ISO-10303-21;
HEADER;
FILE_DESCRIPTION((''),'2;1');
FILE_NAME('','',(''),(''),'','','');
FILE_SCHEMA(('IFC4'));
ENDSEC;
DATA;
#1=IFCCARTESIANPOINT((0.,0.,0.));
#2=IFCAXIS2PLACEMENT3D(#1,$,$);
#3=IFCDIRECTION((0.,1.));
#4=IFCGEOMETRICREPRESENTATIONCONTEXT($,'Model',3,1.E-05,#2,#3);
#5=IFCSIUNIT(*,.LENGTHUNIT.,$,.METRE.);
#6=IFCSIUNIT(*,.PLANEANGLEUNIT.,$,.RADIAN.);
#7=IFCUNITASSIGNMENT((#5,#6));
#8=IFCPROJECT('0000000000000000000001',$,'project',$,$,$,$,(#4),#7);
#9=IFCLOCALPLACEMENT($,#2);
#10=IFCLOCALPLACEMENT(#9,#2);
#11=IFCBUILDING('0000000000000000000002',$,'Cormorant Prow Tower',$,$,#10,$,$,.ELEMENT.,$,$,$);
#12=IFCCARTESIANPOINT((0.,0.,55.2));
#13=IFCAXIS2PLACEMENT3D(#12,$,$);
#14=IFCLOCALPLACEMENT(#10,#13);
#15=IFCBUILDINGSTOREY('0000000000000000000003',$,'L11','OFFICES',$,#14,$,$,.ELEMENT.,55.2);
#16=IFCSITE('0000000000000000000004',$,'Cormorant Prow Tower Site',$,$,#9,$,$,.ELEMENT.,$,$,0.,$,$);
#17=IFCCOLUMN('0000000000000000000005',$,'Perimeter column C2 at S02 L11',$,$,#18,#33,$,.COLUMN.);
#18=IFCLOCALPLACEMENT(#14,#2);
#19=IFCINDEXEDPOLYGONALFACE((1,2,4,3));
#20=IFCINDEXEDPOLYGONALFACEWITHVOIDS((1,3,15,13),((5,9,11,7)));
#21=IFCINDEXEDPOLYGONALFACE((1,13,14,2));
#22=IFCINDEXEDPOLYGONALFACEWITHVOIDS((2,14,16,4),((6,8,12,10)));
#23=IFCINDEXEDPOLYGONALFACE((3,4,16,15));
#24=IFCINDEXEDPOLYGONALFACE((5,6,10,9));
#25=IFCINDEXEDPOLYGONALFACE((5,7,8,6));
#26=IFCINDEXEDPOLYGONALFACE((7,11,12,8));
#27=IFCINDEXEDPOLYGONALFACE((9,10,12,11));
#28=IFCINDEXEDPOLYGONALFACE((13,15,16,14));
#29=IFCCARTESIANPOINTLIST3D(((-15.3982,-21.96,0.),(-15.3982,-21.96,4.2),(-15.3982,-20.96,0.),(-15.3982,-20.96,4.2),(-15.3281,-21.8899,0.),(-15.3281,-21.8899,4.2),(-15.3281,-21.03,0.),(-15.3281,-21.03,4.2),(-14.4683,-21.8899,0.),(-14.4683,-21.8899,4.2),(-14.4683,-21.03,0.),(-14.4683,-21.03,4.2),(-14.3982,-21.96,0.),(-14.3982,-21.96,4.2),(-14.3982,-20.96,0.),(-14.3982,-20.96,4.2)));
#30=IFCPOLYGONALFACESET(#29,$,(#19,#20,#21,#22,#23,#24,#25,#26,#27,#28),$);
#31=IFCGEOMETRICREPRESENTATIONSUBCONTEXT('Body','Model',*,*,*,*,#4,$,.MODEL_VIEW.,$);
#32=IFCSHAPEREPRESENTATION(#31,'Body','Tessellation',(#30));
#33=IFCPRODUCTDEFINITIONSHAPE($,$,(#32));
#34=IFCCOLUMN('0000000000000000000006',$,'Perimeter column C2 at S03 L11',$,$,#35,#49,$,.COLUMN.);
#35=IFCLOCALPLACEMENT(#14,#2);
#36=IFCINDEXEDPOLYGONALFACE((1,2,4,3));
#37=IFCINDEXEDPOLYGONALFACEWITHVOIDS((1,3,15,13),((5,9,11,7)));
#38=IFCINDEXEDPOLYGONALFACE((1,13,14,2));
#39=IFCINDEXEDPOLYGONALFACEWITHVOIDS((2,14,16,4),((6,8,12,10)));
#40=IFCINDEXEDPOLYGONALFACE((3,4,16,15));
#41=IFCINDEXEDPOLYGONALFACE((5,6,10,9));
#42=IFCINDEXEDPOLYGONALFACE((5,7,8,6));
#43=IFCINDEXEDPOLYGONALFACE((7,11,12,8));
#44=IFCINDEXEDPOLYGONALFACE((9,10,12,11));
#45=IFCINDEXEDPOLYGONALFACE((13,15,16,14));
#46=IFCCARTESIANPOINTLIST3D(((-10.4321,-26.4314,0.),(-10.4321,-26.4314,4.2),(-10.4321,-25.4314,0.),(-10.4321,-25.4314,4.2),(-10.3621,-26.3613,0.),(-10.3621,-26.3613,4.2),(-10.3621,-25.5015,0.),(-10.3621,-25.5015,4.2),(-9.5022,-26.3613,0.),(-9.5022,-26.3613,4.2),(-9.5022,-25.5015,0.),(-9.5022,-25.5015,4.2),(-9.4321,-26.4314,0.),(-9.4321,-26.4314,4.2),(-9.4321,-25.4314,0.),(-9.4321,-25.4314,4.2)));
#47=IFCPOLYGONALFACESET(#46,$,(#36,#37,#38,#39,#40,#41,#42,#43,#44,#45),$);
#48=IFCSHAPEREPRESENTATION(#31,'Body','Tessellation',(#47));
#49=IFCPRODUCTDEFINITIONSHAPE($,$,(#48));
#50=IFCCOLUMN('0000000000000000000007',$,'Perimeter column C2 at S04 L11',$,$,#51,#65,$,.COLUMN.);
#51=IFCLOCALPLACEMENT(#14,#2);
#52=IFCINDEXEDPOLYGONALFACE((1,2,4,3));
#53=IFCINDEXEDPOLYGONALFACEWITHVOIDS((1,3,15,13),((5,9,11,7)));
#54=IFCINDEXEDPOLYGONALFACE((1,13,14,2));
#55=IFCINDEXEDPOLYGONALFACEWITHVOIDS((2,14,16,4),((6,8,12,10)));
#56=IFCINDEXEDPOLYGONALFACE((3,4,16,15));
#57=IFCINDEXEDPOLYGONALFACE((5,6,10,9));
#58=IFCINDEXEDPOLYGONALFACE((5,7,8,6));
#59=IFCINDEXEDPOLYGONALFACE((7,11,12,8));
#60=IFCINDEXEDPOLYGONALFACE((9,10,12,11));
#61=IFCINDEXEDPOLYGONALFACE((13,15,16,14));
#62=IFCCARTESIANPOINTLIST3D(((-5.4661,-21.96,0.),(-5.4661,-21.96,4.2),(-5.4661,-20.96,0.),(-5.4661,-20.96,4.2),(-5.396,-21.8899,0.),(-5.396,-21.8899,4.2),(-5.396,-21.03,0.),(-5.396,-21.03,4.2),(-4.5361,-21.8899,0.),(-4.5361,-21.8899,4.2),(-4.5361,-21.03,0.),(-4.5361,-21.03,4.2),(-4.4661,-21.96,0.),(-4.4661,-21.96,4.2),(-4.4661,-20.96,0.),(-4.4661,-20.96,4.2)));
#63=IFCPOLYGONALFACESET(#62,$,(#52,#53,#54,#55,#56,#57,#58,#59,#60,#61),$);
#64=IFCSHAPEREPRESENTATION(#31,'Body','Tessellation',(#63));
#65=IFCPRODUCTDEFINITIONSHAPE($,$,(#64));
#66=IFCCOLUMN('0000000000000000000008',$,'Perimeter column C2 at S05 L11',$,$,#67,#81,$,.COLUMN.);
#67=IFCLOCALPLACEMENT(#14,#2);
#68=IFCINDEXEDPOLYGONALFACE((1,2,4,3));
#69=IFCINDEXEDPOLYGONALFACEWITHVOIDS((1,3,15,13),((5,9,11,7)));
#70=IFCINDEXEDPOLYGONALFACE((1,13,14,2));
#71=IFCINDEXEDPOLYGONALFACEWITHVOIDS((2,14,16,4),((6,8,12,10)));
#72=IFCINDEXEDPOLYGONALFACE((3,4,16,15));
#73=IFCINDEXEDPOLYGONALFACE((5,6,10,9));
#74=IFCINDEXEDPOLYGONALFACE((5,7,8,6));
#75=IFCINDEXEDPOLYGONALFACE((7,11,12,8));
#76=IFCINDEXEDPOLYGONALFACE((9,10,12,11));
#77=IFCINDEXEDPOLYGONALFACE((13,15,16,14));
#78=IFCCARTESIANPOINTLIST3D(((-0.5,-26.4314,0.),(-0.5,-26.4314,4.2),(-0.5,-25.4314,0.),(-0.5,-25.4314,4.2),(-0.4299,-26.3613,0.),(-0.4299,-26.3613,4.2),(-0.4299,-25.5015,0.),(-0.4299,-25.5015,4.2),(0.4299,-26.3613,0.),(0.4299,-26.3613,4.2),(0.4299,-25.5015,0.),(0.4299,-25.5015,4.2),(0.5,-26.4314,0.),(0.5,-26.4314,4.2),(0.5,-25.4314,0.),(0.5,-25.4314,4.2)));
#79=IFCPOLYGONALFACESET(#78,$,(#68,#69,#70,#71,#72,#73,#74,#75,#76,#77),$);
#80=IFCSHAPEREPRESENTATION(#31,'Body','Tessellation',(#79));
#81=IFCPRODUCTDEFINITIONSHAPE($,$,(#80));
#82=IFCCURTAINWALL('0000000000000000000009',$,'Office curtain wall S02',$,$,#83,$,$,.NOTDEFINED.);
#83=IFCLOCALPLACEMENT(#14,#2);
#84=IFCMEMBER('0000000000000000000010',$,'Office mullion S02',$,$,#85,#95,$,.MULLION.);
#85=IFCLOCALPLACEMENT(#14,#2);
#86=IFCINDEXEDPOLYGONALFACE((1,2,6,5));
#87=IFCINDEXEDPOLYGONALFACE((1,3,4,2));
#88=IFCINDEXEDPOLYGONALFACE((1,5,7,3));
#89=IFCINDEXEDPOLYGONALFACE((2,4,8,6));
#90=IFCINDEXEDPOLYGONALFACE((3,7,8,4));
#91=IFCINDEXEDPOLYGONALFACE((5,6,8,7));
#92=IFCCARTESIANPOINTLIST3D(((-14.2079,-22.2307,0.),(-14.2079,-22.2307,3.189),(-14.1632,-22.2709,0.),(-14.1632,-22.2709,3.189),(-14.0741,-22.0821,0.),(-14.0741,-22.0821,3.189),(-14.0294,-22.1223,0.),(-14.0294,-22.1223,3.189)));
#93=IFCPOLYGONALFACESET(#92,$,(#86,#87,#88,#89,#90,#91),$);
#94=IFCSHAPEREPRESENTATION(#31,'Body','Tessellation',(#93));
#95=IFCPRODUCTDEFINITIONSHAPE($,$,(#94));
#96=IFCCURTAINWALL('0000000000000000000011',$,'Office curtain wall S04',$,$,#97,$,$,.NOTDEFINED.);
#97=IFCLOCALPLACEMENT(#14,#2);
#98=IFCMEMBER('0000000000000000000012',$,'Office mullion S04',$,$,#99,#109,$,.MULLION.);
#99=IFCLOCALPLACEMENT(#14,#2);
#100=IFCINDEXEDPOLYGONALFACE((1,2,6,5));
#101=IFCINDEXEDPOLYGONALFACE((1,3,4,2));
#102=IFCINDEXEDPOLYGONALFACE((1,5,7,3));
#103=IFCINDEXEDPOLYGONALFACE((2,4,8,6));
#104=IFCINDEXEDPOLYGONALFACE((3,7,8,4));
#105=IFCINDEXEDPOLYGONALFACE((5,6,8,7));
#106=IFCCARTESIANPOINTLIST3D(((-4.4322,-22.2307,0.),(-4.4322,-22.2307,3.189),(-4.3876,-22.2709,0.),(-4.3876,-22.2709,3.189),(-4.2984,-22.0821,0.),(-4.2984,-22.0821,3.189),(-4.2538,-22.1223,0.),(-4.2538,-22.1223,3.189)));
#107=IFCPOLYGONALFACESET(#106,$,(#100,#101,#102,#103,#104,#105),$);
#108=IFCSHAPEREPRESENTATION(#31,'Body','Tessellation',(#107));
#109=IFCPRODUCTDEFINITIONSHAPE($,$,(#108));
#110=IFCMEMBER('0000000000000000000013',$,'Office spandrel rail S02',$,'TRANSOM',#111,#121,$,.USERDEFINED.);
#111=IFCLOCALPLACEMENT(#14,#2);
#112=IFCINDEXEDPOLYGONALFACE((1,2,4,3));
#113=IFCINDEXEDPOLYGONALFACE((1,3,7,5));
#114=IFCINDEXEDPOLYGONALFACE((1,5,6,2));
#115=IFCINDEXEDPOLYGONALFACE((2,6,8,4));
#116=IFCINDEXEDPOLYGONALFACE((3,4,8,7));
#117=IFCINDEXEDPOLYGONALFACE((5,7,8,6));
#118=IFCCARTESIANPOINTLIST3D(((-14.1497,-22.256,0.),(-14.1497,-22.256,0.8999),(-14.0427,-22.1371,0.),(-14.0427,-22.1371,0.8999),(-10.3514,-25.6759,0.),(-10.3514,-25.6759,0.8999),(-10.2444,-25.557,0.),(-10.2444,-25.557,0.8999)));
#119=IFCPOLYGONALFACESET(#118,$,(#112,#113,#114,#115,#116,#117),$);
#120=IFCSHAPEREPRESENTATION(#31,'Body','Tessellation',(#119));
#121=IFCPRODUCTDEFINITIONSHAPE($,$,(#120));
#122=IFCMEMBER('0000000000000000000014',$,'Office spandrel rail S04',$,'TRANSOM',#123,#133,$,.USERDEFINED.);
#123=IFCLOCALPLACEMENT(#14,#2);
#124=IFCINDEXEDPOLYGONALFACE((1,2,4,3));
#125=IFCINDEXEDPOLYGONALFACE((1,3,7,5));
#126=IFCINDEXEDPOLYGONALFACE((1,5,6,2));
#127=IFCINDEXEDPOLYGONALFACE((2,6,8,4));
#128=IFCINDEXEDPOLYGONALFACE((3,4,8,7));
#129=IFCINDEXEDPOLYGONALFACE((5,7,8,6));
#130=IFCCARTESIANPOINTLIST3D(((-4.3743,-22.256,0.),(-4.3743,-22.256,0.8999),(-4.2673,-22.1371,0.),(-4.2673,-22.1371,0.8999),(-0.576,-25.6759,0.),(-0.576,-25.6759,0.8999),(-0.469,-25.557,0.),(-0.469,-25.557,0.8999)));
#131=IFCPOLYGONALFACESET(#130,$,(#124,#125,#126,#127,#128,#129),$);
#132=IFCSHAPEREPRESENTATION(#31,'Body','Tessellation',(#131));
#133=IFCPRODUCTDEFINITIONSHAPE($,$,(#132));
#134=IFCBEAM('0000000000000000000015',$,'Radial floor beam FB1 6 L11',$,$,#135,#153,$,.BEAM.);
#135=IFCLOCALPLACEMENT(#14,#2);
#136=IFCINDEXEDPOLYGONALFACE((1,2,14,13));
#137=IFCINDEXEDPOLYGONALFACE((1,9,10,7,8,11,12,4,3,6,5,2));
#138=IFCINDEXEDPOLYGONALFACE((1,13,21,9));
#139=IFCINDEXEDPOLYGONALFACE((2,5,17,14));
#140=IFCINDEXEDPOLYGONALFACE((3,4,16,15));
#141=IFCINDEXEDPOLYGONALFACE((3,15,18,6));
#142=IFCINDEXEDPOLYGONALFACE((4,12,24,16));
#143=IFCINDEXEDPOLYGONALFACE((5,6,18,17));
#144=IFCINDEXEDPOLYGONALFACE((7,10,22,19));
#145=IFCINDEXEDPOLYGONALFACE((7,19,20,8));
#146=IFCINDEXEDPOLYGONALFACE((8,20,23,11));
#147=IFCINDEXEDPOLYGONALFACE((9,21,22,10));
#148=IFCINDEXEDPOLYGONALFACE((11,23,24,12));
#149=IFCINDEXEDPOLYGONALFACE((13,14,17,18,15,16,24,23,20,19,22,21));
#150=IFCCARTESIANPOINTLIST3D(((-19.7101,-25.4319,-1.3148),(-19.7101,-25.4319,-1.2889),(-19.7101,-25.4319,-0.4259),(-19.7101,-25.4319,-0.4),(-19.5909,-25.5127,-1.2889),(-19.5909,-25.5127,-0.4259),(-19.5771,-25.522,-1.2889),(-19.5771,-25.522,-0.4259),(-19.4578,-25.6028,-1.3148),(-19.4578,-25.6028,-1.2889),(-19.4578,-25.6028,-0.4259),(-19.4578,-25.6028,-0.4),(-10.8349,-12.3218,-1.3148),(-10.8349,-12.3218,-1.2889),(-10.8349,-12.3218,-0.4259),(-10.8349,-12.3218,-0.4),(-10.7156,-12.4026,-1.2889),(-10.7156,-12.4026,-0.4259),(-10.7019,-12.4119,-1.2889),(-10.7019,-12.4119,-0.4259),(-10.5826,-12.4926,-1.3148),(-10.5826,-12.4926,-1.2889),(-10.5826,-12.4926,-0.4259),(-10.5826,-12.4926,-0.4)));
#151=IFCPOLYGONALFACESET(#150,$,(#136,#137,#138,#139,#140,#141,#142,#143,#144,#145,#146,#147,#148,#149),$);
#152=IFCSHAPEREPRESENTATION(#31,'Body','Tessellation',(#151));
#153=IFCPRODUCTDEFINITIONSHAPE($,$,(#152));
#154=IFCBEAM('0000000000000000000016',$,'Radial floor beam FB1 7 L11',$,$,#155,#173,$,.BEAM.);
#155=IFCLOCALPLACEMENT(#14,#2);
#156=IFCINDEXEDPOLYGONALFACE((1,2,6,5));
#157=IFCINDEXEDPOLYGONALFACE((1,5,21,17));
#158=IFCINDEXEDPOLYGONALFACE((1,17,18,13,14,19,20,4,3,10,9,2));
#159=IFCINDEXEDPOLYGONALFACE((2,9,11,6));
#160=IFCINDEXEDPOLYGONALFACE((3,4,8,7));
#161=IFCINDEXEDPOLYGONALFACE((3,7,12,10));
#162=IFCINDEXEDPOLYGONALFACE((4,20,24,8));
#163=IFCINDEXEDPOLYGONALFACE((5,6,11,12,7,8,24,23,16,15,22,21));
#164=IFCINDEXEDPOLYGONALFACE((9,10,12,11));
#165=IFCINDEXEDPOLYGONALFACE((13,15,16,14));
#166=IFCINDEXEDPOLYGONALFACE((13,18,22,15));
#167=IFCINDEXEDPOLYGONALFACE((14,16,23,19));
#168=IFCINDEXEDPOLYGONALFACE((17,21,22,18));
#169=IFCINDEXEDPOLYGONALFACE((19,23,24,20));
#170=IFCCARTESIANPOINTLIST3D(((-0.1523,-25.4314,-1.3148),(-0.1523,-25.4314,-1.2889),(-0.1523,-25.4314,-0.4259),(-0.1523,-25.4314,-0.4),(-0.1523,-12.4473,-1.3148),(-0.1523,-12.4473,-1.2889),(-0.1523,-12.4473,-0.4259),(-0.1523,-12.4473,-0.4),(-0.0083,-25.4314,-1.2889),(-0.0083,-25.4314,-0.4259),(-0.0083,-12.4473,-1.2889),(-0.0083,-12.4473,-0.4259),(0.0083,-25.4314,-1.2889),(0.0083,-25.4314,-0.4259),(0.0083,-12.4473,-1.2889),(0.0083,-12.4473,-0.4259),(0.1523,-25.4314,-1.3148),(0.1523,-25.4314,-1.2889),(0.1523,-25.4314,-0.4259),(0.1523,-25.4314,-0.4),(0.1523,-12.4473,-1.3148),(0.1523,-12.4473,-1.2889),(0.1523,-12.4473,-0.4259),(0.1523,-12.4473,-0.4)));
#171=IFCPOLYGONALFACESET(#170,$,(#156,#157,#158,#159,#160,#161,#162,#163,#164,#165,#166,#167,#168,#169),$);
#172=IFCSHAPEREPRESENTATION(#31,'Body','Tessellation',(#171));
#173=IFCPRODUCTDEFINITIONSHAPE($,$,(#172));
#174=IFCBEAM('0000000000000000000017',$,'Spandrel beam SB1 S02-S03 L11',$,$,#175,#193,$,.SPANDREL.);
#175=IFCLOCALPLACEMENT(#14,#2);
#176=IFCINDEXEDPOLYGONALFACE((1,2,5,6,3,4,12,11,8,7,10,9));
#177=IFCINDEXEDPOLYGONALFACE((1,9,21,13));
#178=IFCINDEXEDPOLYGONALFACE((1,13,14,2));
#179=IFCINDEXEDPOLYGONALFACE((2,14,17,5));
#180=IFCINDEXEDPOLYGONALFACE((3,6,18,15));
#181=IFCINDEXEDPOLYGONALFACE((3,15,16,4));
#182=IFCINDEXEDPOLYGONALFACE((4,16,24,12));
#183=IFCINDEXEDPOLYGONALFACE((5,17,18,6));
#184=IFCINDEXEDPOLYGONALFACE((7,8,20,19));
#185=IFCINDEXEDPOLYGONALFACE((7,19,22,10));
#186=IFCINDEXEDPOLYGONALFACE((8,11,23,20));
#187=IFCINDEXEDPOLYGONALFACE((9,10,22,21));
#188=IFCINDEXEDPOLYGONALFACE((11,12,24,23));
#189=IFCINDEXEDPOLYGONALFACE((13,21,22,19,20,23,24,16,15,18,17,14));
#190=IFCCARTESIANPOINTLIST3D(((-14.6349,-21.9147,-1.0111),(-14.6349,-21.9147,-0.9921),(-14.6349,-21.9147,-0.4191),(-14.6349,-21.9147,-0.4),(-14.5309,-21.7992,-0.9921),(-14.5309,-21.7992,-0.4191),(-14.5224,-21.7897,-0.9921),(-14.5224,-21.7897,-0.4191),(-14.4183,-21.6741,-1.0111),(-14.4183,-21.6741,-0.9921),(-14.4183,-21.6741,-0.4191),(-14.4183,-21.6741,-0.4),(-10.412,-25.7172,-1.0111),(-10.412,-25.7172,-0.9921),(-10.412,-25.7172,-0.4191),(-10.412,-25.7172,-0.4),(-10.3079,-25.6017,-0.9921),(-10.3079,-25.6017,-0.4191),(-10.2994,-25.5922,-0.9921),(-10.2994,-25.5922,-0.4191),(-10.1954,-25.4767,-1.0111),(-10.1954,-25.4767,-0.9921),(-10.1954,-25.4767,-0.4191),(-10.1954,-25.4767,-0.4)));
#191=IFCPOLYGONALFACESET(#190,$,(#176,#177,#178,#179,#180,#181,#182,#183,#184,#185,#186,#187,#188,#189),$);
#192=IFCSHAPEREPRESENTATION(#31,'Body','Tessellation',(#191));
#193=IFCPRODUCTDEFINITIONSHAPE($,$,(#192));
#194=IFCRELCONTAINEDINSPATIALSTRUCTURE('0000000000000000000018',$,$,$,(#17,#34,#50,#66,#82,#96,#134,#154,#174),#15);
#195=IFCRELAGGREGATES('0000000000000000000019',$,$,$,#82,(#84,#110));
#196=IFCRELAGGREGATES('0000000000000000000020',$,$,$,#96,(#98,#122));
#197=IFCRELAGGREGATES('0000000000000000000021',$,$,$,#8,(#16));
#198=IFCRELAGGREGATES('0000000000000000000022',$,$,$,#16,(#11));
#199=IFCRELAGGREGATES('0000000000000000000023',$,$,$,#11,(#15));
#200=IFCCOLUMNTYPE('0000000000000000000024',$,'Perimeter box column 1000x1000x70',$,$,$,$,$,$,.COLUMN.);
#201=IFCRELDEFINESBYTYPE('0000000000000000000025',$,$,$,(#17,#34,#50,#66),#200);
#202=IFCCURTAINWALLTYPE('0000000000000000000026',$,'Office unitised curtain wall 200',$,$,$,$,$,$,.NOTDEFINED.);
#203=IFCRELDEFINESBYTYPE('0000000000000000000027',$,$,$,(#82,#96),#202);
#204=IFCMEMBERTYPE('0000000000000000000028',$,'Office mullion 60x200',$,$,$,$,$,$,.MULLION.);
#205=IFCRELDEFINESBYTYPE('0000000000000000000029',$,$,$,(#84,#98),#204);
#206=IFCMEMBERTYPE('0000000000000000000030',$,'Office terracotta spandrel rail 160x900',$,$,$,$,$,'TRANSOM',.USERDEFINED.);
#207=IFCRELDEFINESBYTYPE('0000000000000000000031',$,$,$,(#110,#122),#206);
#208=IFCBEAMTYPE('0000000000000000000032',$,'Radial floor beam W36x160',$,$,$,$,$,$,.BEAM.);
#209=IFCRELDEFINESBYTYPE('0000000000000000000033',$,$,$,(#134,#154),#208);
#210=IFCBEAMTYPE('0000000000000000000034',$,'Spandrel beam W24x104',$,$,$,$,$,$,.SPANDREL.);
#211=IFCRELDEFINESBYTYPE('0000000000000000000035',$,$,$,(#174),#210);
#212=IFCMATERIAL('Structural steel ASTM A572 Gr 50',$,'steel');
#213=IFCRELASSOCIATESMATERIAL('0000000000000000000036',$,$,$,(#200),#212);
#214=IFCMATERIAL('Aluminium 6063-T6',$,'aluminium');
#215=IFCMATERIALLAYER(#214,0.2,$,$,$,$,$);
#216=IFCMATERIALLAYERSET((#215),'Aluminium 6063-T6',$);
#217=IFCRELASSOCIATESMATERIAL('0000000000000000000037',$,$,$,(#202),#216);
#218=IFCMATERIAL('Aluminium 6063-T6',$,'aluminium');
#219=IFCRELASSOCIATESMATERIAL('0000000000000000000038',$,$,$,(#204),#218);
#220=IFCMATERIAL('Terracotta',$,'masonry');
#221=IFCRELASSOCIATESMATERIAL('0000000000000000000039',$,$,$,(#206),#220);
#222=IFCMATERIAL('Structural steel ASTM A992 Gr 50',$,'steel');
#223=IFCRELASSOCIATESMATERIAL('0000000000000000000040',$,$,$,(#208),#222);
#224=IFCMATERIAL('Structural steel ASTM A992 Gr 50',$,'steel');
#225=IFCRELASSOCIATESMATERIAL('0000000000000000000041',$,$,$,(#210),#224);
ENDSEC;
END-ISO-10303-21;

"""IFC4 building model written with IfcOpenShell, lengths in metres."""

from ifc_helpers import new_model, si_unit, direction, frame, origin, origin_2d, place, context, subcontext, project, spatial, rectangle, hollow_rectangle, i_section, extrude, material, layer, layer_set, material_profile, profile_set, type_object, element, aggregate, save


model = new_model("IFC4")

# Units and contexts
model_context = context("Model", 3, precision=1e-05, world=origin(), true_north=direction((0.0, 1.0)))
body_context = subcontext(model_context, "Body", "Model", "MODEL_VIEW")
ifc_project = project(units=[si_unit("LENGTHUNIT", "METRE"), si_unit("PLANEANGLEUNIT", "RADIAN")], contexts=[model_context])

# Site, building, storey
site_placement = place(None, origin())
site = spatial("IfcSite", under=ifc_project, at=site_placement, Name="Cormorant Prow Tower Site", CompositionType="ELEMENT", RefElevation=0.0)
building_placement = place(site_placement, origin())
building = spatial("IfcBuilding", under=site, at=building_placement, Name="Cormorant Prow Tower", CompositionType="ELEMENT")
storey_placement = place(building_placement, frame((0.0, 0.0, 55.2)))
storey = spatial("IfcBuildingStorey", under=building, at=storey_placement, Name="L11", Description="OFFICES", CompositionType="ELEMENT", Elevation=55.2)

# Columns
ifc_material_1 = material(Name="Structural steel ASTM A572 Gr 50", Category="steel")
ifc_material_profile_1 = material_profile(ifc_material_1, hollow_rectangle(XDim=1.0, YDim=1.0, WallThickness=0.0701, at=origin_2d()), Name="Box 1000x1000x70")
ifc_profile_set_1 = profile_set([ifc_material_profile_1], Name="Structural steel ASTM A572 Gr 50")
column_type = type_object("IfcColumnType", Name="Perimeter box column 1000x1000x70", PredefinedType="COLUMN", material=ifc_profile_set_1)
for number, where, z_axis, x_axis, name in (
    (1, (-14.8982, -21.46, 0.0), (0.0, 0.0, 1.0), (1.0, 0.0, 0.0), "Perimeter column C2 at S02 L11"),
    (2, (-9.9321, -25.9314, 0.0), (0.0, 0.0, 1.0), (1.0, 0.0, 0.0), "Perimeter column C2 at S03 L11"),
    (3, (-4.9661, -21.46, 0.0), (0.0, 0.0, 1.0), (1.0, 0.0, 0.0), "Perimeter column C2 at S04 L11"),
    (4, (0.0, -25.9314, 0.0), (0.0, 0.0, 1.0), (1.0, 0.0, 0.0), "Perimeter column C2 at S05 L11"),
):
    element("IfcColumn", number, at=place(storey_placement, frame(where, z_axis=z_axis, x_axis=x_axis)), inside=storey, type_object=column_type, Name=name, PredefinedType="COLUMN", context=body_context, shape_type="SweptSolid", body=[
        extrude(hollow_rectangle(XDim=1.0, YDim=1.0, WallThickness=0.0701, at=origin_2d()), origin(), (0.0, 0.0, 1.0), 4.2),
    ])

# Curtain walls, members
ifc_material_2 = material(Name="Aluminium 6063-T6", Category="aluminium")
ifc_layer_1 = layer(ifc_material_2, 0.2)
ifc_layer_set_1 = layer_set([ifc_layer_1], Name="Aluminium 6063-T6")
curtain_wall_type = type_object("IfcCurtainWallType", Name="Office unitised curtain wall 200", PredefinedType="NOTDEFINED", material=ifc_layer_set_1)
curtain_wall_1_placement = place(storey_placement, origin())
curtain_wall_1 = element("IfcCurtainWall", 5, at=curtain_wall_1_placement, inside=storey, type_object=curtain_wall_type, Name="Office curtain wall S02", PredefinedType="NOTDEFINED")
ifc_material_3 = material(Name="Aluminium 6063-T6", Category="aluminium")
ifc_material_profile_2 = material_profile(ifc_material_3, rectangle(XDim=0.2, YDim=0.0601, at=origin_2d()), Name="Office mullion 60x200")
ifc_profile_set_2 = profile_set([ifc_material_profile_2], Name="Aluminium 6063-T6")
member_type_1 = type_object("IfcMemberType", Name="Office mullion 60x200", PredefinedType="MULLION", material=ifc_profile_set_2)
member_1_placement = place(storey_placement, frame((-14.1187, -22.1765, 0.0), z_axis=(0.0, 0.0, 1.0), x_axis=(0.669131, 0.743145, 0.0)))
member_1 = element("IfcMember", 6, at=member_1_placement, type_object=member_type_1, Name="Office mullion S02", PredefinedType="MULLION", context=body_context, shape_type="SweptSolid", body=[
    extrude(rectangle(XDim=0.2, YDim=0.0601, at=origin_2d()), origin(), (0.0, 0.0, 1.0), 3.189),
])
curtain_wall_2_placement = place(storey_placement, origin())
curtain_wall_2 = element("IfcCurtainWall", 7, at=curtain_wall_2_placement, inside=storey, type_object=curtain_wall_type, Name="Office curtain wall S04", PredefinedType="NOTDEFINED")
member_2_placement = place(storey_placement, frame((-4.343, -22.1765, 0.0), z_axis=(0.0, 0.0, 1.0), x_axis=(0.669131, 0.743145, 0.0)))
member_2 = element("IfcMember", 8, at=member_2_placement, type_object=member_type_1, Name="Office mullion S04", PredefinedType="MULLION", context=body_context, shape_type="SweptSolid", body=[
    extrude(rectangle(XDim=0.2, YDim=0.0601, at=origin_2d()), origin(), (0.0, 0.0, 1.0), 3.189),
])

# Members
ifc_material_4 = material(Name="Terracotta", Category="masonry")
ifc_material_profile_3 = material_profile(ifc_material_4, rectangle(XDim=0.1599, YDim=0.8999, at=origin_2d()), Name="Office terracotta spandrel rail 160x900")
ifc_profile_set_3 = profile_set([ifc_material_profile_3], Name="Terracotta")
member_type_2 = type_object("IfcMemberType", Name="Office terracotta spandrel rail 160x900", ElementType="TRANSOM", PredefinedType="USERDEFINED", material=ifc_profile_set_3)
member_3_placement = place(storey_placement, frame((-14.0962, -22.1965, 0.45), z_axis=(0.743156, -0.669118, 0.0), x_axis=(0.669118, 0.743156, 0.0)))
member_3 = element("IfcMember", 9, at=member_3_placement, type_object=member_type_2, Name="Office spandrel rail S02", ObjectType="TRANSOM", PredefinedType="USERDEFINED", context=body_context, shape_type="SweptSolid", body=[
    extrude(rectangle(XDim=0.1599, YDim=0.8999, at=origin_2d()), origin(), (0.0, 0.0, 1.0), 5.1111),
])
member_4_placement = place(storey_placement, frame((-4.3208, -22.1965, 0.45), z_axis=(0.743156, -0.669118, 0.0), x_axis=(0.669118, 0.743156, 0.0)))
member_4 = element("IfcMember", 10, at=member_4_placement, type_object=member_type_2, Name="Office spandrel rail S04", ObjectType="TRANSOM", PredefinedType="USERDEFINED", context=body_context, shape_type="SweptSolid", body=[
    extrude(rectangle(XDim=0.1599, YDim=0.8999, at=origin_2d()), origin(), (0.0, 0.0, 1.0), 5.1111),
])

# Beams
ifc_material_5 = material(Name="Structural steel ASTM A992 Gr 50", Category="steel")
ifc_material_profile_4 = material_profile(ifc_material_5, i_section(OverallWidth=0.3047, OverallDepth=0.9148, WebThickness=0.0166, FlangeThickness=0.0259, at=origin_2d()), Name="W36x160")
ifc_profile_set_4 = profile_set([ifc_material_profile_4], Name="Structural steel ASTM A992 Gr 50")
beam_type_1 = type_object("IfcBeamType", Name="Radial floor beam W36x160", PredefinedType="BEAM", material=ifc_profile_set_4)
beam_1_placement = place(storey_placement, frame((-10.7087, -12.4072, -0.8574), z_axis=(-0.560597, -0.828089, 0.0), x_axis=(0.828089, -0.560597, 0.0)))
element("IfcBeam", 11, at=beam_1_placement, inside=storey, type_object=beam_type_1, Name="Radial floor beam FB1 6 L11", PredefinedType="BEAM", context=body_context, shape_type="SweptSolid", body=[
    extrude(i_section(OverallWidth=0.3047, OverallDepth=0.9148, WebThickness=0.0166, FlangeThickness=0.0259, at=origin_2d()), origin(), (0.0, 0.0, 1.0), 15.8318),
])
beam_2_placement = place(storey_placement, frame((0.0, -12.4473, -0.8574), z_axis=(0.0, -1.0, 0.0), x_axis=(1.0, 0.0, 0.0)))
element("IfcBeam", 12, at=beam_2_placement, inside=storey, type_object=beam_type_1, Name="Radial floor beam FB1 7 L11", PredefinedType="BEAM", context=body_context, shape_type="SweptSolid", body=[
    extrude(i_section(OverallWidth=0.3047, OverallDepth=0.9148, WebThickness=0.0166, FlangeThickness=0.0259, at=origin_2d()), origin(), (0.0, 0.0, 1.0), 12.9841),
])
ifc_material_6 = material(Name="Structural steel ASTM A992 Gr 50", Category="steel")
ifc_material_profile_5 = material_profile(ifc_material_6, i_section(OverallWidth=0.3237, OverallDepth=0.6111, WebThickness=0.0127, FlangeThickness=0.019, at=origin_2d()), Name="W24x104")
ifc_profile_set_5 = profile_set([ifc_material_profile_5], Name="Structural steel ASTM A992 Gr 50")
beam_type_2 = type_object("IfcBeamType", Name="Spandrel beam W24x104", PredefinedType="SPANDREL", material=ifc_profile_set_5)
for number, where, z_axis, x_axis, name in (
    (13, (-14.5266, -21.7944, -0.7056), (0.74313, -0.669147, 0.0), (0.669147, 0.74313, 0.0), "Spandrel beam SB1 S02-S03 L11"),
):
    element("IfcBeam", number, at=place(storey_placement, frame(where, z_axis=z_axis, x_axis=x_axis)), inside=storey, type_object=beam_type_2, Name=name, PredefinedType="SPANDREL", context=body_context, shape_type="SweptSolid", body=[
        extrude(i_section(OverallWidth=0.3237, OverallDepth=0.6111, WebThickness=0.0127, FlangeThickness=0.019, at=origin_2d()), origin(), (0.0, 0.0, 1.0), 5.6826),
    ])

aggregate(curtain_wall_1, [member_1, member_3])
aggregate(curtain_wall_2, [member_2, member_4])

save(model, "model.ifc")
